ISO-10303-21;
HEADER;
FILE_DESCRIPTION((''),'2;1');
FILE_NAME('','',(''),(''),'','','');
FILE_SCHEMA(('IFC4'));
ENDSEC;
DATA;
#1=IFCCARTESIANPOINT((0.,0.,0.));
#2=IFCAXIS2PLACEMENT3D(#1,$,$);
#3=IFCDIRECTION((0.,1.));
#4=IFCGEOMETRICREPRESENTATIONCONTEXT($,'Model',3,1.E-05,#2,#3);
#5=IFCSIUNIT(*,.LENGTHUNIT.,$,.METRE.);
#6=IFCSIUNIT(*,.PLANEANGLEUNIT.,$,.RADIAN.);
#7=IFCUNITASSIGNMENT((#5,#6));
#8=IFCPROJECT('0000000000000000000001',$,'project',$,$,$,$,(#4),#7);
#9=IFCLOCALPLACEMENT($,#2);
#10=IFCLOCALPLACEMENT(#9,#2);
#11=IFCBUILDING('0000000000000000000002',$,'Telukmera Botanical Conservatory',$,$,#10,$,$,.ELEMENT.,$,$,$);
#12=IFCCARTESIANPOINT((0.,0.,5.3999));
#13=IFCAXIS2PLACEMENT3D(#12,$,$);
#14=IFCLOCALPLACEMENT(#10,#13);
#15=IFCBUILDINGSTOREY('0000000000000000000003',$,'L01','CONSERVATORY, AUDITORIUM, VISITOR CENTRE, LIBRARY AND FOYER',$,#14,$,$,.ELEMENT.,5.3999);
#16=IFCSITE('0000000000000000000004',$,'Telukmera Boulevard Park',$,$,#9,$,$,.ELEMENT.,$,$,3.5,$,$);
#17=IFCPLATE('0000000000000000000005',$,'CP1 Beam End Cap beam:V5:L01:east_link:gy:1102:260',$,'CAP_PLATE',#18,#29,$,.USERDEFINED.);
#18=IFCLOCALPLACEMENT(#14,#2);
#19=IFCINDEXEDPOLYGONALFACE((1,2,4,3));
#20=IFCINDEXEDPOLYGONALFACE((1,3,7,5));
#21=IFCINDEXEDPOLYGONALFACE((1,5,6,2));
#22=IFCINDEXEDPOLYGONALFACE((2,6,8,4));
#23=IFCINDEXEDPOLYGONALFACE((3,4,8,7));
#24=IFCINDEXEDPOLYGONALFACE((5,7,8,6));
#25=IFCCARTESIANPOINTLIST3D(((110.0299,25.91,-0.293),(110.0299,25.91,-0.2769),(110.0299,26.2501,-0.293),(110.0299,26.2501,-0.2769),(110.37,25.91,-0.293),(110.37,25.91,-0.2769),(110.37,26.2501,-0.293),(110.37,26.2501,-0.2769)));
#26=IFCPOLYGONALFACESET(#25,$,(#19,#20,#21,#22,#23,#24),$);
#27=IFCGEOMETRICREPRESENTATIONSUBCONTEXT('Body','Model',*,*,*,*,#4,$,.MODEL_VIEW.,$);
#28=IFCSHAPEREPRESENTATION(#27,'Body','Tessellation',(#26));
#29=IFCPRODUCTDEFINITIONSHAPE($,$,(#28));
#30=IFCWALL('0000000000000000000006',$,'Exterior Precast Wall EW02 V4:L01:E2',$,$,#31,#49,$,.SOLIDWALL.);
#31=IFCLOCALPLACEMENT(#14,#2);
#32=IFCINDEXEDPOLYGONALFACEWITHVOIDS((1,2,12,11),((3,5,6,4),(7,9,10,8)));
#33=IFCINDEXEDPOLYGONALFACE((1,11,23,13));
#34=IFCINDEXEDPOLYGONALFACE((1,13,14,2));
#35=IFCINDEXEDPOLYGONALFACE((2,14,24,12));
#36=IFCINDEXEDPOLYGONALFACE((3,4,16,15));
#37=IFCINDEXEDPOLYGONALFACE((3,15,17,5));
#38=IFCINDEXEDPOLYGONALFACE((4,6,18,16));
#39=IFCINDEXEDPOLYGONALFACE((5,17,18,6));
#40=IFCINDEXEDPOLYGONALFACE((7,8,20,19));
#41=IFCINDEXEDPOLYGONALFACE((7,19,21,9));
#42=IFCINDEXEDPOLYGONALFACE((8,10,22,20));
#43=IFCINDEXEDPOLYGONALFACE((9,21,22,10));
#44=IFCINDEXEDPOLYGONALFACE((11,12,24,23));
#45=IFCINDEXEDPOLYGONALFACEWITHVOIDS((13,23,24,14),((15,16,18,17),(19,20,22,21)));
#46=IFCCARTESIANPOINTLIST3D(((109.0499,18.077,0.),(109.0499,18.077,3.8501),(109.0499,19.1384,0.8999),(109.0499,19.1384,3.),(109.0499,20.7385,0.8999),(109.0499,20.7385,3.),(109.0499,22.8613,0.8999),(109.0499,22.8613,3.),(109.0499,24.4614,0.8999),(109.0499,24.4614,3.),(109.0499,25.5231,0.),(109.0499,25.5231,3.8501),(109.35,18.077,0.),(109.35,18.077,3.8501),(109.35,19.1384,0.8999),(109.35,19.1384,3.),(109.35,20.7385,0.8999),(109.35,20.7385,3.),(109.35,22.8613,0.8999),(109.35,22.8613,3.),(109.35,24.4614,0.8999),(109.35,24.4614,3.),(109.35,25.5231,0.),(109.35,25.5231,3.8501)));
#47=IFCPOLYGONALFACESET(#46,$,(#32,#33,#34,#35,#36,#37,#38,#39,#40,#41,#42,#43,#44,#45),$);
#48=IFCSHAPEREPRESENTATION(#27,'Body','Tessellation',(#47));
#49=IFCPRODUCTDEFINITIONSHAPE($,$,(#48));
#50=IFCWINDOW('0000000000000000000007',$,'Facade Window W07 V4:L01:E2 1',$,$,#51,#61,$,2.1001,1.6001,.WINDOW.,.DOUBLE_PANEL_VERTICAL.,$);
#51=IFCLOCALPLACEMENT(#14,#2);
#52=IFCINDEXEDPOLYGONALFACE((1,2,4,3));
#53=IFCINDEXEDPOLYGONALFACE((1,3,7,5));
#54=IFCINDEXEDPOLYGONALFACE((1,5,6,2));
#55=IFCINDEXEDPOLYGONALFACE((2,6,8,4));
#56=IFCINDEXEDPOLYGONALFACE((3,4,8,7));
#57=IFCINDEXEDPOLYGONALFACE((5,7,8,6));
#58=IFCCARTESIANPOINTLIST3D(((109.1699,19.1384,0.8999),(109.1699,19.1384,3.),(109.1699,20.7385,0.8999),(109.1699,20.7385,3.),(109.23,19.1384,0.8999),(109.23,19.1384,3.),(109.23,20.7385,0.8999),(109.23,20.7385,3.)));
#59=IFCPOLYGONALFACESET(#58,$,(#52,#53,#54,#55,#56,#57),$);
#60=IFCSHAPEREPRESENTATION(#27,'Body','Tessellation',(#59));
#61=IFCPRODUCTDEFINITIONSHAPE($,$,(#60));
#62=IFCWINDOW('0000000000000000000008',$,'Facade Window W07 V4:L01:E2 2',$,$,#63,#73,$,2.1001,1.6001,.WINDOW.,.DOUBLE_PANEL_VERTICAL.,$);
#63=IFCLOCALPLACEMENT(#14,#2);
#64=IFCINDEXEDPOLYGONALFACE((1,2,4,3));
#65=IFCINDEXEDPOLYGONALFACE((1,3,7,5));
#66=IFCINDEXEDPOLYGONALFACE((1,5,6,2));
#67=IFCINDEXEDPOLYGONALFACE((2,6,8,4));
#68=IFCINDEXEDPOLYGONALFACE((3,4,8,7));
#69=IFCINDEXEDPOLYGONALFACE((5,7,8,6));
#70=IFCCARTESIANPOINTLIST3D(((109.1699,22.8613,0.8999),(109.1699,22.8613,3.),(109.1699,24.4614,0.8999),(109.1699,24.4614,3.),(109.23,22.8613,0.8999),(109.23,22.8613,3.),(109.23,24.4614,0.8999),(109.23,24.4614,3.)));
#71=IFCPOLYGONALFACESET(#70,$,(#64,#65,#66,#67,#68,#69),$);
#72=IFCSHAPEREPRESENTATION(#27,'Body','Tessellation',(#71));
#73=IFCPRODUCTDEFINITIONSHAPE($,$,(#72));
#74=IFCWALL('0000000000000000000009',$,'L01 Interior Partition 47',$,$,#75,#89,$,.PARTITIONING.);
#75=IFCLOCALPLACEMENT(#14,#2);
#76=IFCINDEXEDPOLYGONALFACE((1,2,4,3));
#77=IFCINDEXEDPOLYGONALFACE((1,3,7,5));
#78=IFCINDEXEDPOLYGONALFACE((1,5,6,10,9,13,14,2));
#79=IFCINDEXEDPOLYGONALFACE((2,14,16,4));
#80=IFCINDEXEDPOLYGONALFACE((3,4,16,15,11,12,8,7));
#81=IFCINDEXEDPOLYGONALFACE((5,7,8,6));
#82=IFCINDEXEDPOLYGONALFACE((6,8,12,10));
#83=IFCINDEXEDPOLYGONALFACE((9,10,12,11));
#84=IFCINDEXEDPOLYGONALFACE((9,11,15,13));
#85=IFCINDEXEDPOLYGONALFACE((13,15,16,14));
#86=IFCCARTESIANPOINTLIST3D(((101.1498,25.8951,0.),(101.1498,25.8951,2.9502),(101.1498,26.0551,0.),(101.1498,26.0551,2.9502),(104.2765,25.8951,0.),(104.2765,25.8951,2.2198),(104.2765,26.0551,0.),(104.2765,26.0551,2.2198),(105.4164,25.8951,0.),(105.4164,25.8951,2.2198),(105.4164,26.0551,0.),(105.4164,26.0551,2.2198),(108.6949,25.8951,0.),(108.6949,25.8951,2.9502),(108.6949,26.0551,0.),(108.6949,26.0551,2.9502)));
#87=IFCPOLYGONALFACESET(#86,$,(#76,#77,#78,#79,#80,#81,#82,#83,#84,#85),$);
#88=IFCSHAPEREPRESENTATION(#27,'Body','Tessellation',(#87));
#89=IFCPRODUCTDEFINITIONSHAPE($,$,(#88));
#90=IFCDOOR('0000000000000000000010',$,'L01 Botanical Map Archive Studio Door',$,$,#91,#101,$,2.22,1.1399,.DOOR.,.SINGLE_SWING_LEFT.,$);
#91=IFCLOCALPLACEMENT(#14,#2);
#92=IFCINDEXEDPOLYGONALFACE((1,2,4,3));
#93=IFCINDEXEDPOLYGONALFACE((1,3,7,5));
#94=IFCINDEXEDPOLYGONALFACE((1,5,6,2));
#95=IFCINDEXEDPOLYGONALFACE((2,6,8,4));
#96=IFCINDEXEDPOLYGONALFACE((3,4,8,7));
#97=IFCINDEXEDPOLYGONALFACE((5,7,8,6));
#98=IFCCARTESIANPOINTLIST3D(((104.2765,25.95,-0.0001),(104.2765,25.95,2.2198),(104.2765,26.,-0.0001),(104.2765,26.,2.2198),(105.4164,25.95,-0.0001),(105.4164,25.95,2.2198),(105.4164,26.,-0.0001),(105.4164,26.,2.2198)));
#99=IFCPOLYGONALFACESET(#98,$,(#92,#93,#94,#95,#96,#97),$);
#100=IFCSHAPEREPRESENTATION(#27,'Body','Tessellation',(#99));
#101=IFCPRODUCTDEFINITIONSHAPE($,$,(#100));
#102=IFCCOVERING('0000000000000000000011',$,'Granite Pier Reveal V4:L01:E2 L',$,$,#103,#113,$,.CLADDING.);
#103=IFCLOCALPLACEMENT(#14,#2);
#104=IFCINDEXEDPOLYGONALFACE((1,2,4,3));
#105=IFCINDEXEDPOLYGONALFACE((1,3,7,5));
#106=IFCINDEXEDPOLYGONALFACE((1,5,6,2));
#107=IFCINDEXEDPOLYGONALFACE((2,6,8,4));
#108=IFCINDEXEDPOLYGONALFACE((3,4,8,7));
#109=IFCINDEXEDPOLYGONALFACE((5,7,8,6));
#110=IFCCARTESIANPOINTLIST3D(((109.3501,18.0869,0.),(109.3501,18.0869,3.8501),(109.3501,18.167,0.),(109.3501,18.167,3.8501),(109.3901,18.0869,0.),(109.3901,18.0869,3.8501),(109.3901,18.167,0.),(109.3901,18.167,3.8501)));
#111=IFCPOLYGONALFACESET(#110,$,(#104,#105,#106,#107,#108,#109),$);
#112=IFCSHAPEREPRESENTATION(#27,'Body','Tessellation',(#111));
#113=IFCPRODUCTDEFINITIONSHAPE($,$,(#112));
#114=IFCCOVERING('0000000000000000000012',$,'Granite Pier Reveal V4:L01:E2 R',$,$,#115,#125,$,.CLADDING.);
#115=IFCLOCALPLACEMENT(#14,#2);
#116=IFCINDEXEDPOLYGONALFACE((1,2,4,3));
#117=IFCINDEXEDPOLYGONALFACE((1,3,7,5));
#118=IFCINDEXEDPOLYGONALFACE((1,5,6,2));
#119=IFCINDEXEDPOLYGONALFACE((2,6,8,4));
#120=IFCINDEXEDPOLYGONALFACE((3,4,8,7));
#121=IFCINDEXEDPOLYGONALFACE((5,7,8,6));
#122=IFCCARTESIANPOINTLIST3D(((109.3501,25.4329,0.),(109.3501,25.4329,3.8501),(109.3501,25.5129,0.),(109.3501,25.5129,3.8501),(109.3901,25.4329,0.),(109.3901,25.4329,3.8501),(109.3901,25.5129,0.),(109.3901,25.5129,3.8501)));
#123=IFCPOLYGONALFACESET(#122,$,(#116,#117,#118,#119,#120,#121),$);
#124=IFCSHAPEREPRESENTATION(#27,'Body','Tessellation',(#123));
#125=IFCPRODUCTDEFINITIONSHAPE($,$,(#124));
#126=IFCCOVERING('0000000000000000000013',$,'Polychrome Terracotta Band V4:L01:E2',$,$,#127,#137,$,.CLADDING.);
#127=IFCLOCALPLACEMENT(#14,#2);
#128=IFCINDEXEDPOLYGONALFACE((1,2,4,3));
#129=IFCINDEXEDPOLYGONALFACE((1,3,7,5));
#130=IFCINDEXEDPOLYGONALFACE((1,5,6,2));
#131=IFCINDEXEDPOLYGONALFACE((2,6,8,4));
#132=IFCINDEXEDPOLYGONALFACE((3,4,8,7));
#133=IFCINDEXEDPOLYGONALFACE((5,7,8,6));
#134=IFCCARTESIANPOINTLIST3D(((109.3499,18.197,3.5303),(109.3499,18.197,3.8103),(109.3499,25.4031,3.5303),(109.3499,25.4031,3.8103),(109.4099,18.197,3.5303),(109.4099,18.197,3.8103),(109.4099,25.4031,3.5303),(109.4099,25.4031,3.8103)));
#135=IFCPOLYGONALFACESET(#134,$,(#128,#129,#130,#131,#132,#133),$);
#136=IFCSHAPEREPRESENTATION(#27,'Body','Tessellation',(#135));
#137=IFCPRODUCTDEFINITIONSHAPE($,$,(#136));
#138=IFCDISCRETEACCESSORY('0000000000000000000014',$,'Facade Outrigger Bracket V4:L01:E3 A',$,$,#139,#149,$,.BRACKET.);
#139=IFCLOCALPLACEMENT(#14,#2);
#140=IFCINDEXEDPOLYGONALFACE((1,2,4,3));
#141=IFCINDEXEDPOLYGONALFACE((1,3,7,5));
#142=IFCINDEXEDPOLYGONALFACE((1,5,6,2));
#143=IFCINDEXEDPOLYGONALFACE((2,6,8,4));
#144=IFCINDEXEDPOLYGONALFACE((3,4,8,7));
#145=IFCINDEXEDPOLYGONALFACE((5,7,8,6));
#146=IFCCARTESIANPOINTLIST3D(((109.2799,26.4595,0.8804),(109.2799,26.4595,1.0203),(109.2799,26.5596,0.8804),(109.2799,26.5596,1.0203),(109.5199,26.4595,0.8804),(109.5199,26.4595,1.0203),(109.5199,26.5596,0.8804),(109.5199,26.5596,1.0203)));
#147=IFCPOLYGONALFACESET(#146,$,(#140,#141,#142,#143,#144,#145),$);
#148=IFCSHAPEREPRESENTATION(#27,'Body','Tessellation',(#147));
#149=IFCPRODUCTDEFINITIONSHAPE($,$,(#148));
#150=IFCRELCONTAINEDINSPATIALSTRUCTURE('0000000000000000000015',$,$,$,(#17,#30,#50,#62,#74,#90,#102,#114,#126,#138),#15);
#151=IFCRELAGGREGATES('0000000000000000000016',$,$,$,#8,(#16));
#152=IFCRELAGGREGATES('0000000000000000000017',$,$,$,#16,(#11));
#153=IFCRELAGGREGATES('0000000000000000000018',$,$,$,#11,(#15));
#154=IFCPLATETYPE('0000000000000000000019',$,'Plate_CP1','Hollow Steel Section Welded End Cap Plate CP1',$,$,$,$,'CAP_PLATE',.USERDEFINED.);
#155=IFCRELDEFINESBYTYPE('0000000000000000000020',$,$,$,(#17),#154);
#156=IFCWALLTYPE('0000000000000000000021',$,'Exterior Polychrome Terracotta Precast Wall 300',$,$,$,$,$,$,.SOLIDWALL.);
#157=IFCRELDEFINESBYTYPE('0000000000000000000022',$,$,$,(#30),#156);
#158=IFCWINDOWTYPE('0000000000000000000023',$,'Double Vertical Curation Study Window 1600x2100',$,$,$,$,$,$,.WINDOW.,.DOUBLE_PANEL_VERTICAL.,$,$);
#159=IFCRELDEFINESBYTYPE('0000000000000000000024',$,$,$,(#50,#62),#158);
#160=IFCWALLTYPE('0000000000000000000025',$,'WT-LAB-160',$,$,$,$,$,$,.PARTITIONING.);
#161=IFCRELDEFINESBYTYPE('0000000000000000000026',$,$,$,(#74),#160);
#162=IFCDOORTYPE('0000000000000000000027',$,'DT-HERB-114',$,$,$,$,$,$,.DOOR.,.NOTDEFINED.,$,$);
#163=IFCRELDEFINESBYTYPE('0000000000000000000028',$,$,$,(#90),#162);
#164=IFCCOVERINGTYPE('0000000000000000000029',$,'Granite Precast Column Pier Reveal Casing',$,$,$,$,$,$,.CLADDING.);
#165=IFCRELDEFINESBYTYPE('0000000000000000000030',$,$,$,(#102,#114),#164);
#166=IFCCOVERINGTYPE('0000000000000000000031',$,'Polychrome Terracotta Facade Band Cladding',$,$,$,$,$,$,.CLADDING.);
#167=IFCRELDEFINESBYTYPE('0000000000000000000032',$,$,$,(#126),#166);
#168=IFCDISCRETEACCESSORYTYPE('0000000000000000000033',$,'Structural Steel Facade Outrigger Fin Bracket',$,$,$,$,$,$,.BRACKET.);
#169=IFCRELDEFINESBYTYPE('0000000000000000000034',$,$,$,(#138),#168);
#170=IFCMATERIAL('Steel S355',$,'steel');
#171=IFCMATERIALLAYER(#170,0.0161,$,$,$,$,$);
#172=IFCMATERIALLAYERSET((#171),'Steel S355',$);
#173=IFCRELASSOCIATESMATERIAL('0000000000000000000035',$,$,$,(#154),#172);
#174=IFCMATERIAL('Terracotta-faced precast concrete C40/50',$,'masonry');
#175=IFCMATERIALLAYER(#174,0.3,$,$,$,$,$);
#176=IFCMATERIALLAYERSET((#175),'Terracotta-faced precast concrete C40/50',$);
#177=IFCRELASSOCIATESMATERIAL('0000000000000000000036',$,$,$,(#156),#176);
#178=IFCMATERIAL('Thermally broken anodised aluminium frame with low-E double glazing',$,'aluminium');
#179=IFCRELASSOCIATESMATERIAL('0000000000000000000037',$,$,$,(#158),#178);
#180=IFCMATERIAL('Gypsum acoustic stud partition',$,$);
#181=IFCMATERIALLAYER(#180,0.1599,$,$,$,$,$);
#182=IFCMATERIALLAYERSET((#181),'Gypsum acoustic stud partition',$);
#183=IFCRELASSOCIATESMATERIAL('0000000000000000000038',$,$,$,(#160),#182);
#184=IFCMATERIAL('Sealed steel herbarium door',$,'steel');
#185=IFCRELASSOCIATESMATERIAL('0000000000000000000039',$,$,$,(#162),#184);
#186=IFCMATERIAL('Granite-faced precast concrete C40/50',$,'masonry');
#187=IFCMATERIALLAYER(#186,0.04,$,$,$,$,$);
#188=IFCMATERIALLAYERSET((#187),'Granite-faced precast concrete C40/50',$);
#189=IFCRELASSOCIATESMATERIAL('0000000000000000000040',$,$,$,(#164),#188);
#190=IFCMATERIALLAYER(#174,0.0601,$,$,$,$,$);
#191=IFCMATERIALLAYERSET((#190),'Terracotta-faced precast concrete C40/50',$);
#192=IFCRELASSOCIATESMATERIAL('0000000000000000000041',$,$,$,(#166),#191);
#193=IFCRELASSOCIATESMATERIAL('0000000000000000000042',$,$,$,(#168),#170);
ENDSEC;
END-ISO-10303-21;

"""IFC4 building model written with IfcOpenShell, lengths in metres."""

from ifc_helpers import new_model, si_unit, direction, frame, frame_2d, origin, origin_2d, place, context, subcontext, project, spatial, rectangle, extrude, material, layer, layer_set, type_object, element, fill, save


model = new_model("IFC4")

# Units and contexts
model_context = context("Model", 3, precision=1e-05, world=origin(), true_north=direction((0.0, 1.0)))
body_context = subcontext(model_context, "Body", "Model", "MODEL_VIEW")
ifc_project = project(units=[si_unit("LENGTHUNIT", "METRE"), si_unit("PLANEANGLEUNIT", "RADIAN")], contexts=[model_context])

# Site, building, storey
site_placement = place(None, origin())
site = spatial("IfcSite", under=ifc_project, at=site_placement, Name="Telukmera Boulevard Park", CompositionType="ELEMENT", RefElevation=3.5)
building_placement = place(site_placement, origin())
building = spatial("IfcBuilding", under=site, at=building_placement, Name="Telukmera Botanical Conservatory", CompositionType="ELEMENT")
storey_placement = place(building_placement, frame((0.0, 0.0, 5.3999)))
storey = spatial("IfcBuildingStorey", under=building, at=storey_placement, Name="L01", Description="CONSERVATORY, AUDITORIUM, VISITOR CENTRE, LIBRARY AND FOYER", CompositionType="ELEMENT", Elevation=5.3999)

# Shared definitions
ifc_material_1 = material(Name="Steel S355", Category="steel")

# Plate
ifc_layer_1 = layer(ifc_material_1, 0.0161)
ifc_layer_set_1 = layer_set([ifc_layer_1], Name="Steel S355")
plate_type = type_object("IfcPlateType", Name="Plate_CP1", Description="Hollow Steel Section Welded End Cap Plate CP1", ElementType="CAP_PLATE", PredefinedType="USERDEFINED", material=ifc_layer_set_1)
for number, where, z_axis, x_axis, name in (
    (1, (110.2, 26.0801, -0.293), (0.0, 0.0, 1.0), (1.0, 0.0, 0.0), "CP1 Beam End Cap beam:V5:L01:east_link:gy:1102:260"),
):
    element("IfcPlate", number, at=place(storey_placement, frame(where, z_axis=z_axis, x_axis=x_axis)), inside=storey, type_object=plate_type, Name=name, ObjectType="CAP_PLATE", PredefinedType="USERDEFINED", context=body_context, shape_type="SweptSolid", body=[
        extrude(rectangle(XDim=0.3401, YDim=0.3401, at=origin_2d()), origin(), (0.0, 0.0, 1.0), 0.0161),
    ])

# Wall, openings, windows
ifc_material_2 = material(Name="Terracotta-faced precast concrete C40/50", Category="masonry")
ifc_layer_2 = layer(ifc_material_2, 0.3)
ifc_layer_set_2 = layer_set([ifc_layer_2], Name="Terracotta-faced precast concrete C40/50")
wall_type_1 = type_object("IfcWallType", Name="Exterior Polychrome Terracotta Precast Wall 300", PredefinedType="SOLIDWALL", material=ifc_layer_set_2)
wall_1_placement = place(storey_placement, frame((109.2, 18.0769, 0.0), z_axis=(0.0, 0.0, 1.0), x_axis=(0.0, 1.0, 0.0)))
wall_1 = element("IfcWall", 2, at=wall_1_placement, inside=storey, type_object=wall_type_1, Name="Exterior Precast Wall EW02 V4:L01:E2", PredefinedType="SOLIDWALL", context=body_context, shape_type="SweptSolid", body=[
    extrude(rectangle(XDim=7.446, YDim=0.3, at=frame_2d((3.7231, 0.0))), origin(), (0.0, 0.0, 1.0), 3.8501),
])
opening_1_placement = place(wall_1_placement, frame((1.0615, 0.0, 0.8999)))
opening_1 = element("IfcOpeningElement", 3, at=opening_1_placement, cuts=wall_1, PredefinedType="OPENING", context=body_context, shape_type="SweptSolid", body=[
    extrude(rectangle(XDim=1.6001, YDim=2.1001, at=frame_2d((0.8, 1.05))), frame((0.0, 0.1599, 0.0), z_axis=(0.0, -1.0, 0.0), x_axis=(1.0, 0.0, 0.0)), (0.0, 0.0, 1.0), 0.3201),
])
opening_2_placement = place(wall_1_placement, frame((4.7844, 0.0, 0.8999)))
opening_2 = element("IfcOpeningElement", 4, at=opening_2_placement, cuts=wall_1, PredefinedType="OPENING", context=body_context, shape_type="SweptSolid", body=[
    extrude(rectangle(XDim=1.6001, YDim=2.1001, at=frame_2d((0.8, 1.05))), frame((0.0, 0.1599, 0.0), z_axis=(0.0, -1.0, 0.0), x_axis=(1.0, 0.0, 0.0)), (0.0, 0.0, 1.0), 0.3201),
])
ifc_material_3 = material(Name="Thermally broken anodised aluminium frame with low-E double glazing", Category="aluminium")
window_type = type_object("IfcWindowType", Name="Double Vertical Curation Study Window 1600x2100", PartitioningType="DOUBLE_PANEL_VERTICAL", PredefinedType="WINDOW", material=ifc_material_3)
window_1_placement = place(opening_1_placement, origin())
window_1 = element("IfcWindow", 5, at=window_1_placement, inside=storey, type_object=window_type, Name="Facade Window W07 V4:L01:E2 1", OverallHeight=2.1001, OverallWidth=1.6001, PartitioningType="DOUBLE_PANEL_VERTICAL", PredefinedType="WINDOW", context=body_context, shape_type="SweptSolid", body=[
    extrude(rectangle(XDim=1.6001, YDim=2.1001, at=frame_2d((0.8, 1.05))), frame((0.0, 0.03, 0.0), z_axis=(0.0, -1.0, 0.0), x_axis=(1.0, 0.0, 0.0)), (0.0, 0.0, 1.0), 0.0601),
])
fill(opening_1, window_1)
window_2_placement = place(opening_2_placement, origin())
window_2 = element("IfcWindow", 6, at=window_2_placement, inside=storey, type_object=window_type, Name="Facade Window W07 V4:L01:E2 2", OverallHeight=2.1001, OverallWidth=1.6001, PartitioningType="DOUBLE_PANEL_VERTICAL", PredefinedType="WINDOW", context=body_context, shape_type="SweptSolid", body=[
    extrude(rectangle(XDim=1.6001, YDim=2.1001, at=frame_2d((0.8, 1.05))), frame((0.0, 0.03, 0.0), z_axis=(0.0, -1.0, 0.0), x_axis=(1.0, 0.0, 0.0)), (0.0, 0.0, 1.0), 0.0601),
])
fill(opening_2, window_2)

# Wall, opening, door
ifc_material_4 = material(Name="Gypsum acoustic stud partition")
ifc_layer_3 = layer(ifc_material_4, 0.1599)
ifc_layer_set_3 = layer_set([ifc_layer_3], Name="Gypsum acoustic stud partition")
wall_type_2 = type_object("IfcWallType", Name="WT-LAB-160", PredefinedType="PARTITIONING", material=ifc_layer_set_3)
wall_2_placement = place(storey_placement, frame((101.1499, 25.9751, 0.0), z_axis=(0.0, 0.0, 1.0), x_axis=(1.0, 0.0, 0.0)))
wall_2 = element("IfcWall", 7, at=wall_2_placement, inside=storey, type_object=wall_type_2, Name="L01 Interior Partition 47", PredefinedType="PARTITIONING", context=body_context, shape_type="SweptSolid", body=[
    extrude(rectangle(XDim=7.5452, YDim=0.1599, at=frame_2d((3.7725, 0.0))), origin(), (0.0, 0.0, 1.0), 2.9502),
])
opening_3_placement = place(wall_2_placement, frame((3.1267, 0.0, 0.0)))
opening_3 = element("IfcOpeningElement", 8, at=opening_3_placement, cuts=wall_2, PredefinedType="OPENING", context=body_context, shape_type="SweptSolid", body=[
    extrude(rectangle(XDim=1.1399, YDim=2.22, at=frame_2d((0.5698, 1.1099))), frame((0.0, 0.0898, 0.0), z_axis=(0.0, -1.0, 0.0), x_axis=(1.0, 0.0, 0.0)), (0.0, 0.0, 1.0), 0.1799),
])
ifc_material_5 = material(Name="Sealed steel herbarium door", Category="steel")
door_type = type_object("IfcDoorType", Name="DT-HERB-114", OperationType="NOTDEFINED", PredefinedType="DOOR", material=ifc_material_5)
door_placement = place(opening_3_placement, origin())
door = element("IfcDoor", 9, at=door_placement, inside=storey, type_object=door_type, Name="L01 Botanical Map Archive Studio Door", OperationType="SINGLE_SWING_LEFT", OverallHeight=2.22, OverallWidth=1.1399, PredefinedType="DOOR", context=body_context, shape_type="SweptSolid", body=[
    extrude(rectangle(XDim=1.1399, YDim=2.22, at=frame_2d((0.5698, 1.1099))), frame((0.0, 0.0249, 0.0), z_axis=(0.0, -1.0, 0.0), x_axis=(1.0, 0.0, 0.0)), (0.0, 0.0, 1.0), 0.05),
])
fill(opening_3, door)

# Coverings
ifc_material_6 = material(Name="Granite-faced precast concrete C40/50", Category="masonry")
ifc_layer_4 = layer(ifc_material_6, 0.04)
ifc_layer_set_4 = layer_set([ifc_layer_4], Name="Granite-faced precast concrete C40/50")
covering_type_1 = type_object("IfcCoveringType", Name="Granite Precast Column Pier Reveal Casing", PredefinedType="CLADDING", material=ifc_layer_set_4)
for number, where, z_axis, x_axis, name in (
    (10, (109.3701, 18.127, 0.0), (0.0, 0.0, 1.0), (0.0, 1.0, 0.0), "Granite Pier Reveal V4:L01:E2 L"),
    (11, (109.3701, 25.4729, 0.0), (0.0, 0.0, 1.0), (0.0, 1.0, 0.0), "Granite Pier Reveal V4:L01:E2 R"),
):
    element("IfcCovering", number, at=place(storey_placement, frame(where, z_axis=z_axis, x_axis=x_axis)), inside=storey, type_object=covering_type_1, Name=name, PredefinedType="CLADDING", context=body_context, shape_type="SweptSolid", body=[
        extrude(rectangle(XDim=0.0801, YDim=0.04, at=origin_2d()), origin(), (0.0, 0.0, 1.0), 3.8501),
    ])
ifc_layer_5 = layer(ifc_material_2, 0.0601)
ifc_layer_set_5 = layer_set([ifc_layer_5], Name="Terracotta-faced precast concrete C40/50")
covering_type_2 = type_object("IfcCoveringType", Name="Polychrome Terracotta Facade Band Cladding", PredefinedType="CLADDING", material=ifc_layer_set_5)
covering_placement = place(storey_placement, frame((109.3799, 21.8, 3.5303), z_axis=(0.0, 0.0, 1.0), x_axis=(0.0, 1.0, 0.0)))
element("IfcCovering", 12, at=covering_placement, inside=storey, type_object=covering_type_2, Name="Polychrome Terracotta Band V4:L01:E2", PredefinedType="CLADDING", context=body_context, shape_type="SweptSolid", body=[
    extrude(rectangle(XDim=7.2061, YDim=0.0601, at=origin_2d()), origin(), (0.0, 0.0, 1.0), 0.28),
])

# Discrete accessory
discrete_accessory_type = type_object("IfcDiscreteAccessoryType", Name="Structural Steel Facade Outrigger Fin Bracket", PredefinedType="BRACKET", material=ifc_material_1)
discrete_accessory_placement = place(storey_placement, frame((109.3999, 26.5095, 0.8804), z_axis=(0.0, 0.0, 1.0), x_axis=(0.0, 1.0, 0.0)))
element("IfcDiscreteAccessory", 13, at=discrete_accessory_placement, inside=storey, type_object=discrete_accessory_type, Name="Facade Outrigger Bracket V4:L01:E3 A", PredefinedType="BRACKET", context=body_context, shape_type="SweptSolid", body=[
    extrude(rectangle(XDim=0.1001, YDim=0.24, at=origin_2d()), origin(), (0.0, 0.0, 1.0), 0.1399),
])

save(model, "model.ifc")
